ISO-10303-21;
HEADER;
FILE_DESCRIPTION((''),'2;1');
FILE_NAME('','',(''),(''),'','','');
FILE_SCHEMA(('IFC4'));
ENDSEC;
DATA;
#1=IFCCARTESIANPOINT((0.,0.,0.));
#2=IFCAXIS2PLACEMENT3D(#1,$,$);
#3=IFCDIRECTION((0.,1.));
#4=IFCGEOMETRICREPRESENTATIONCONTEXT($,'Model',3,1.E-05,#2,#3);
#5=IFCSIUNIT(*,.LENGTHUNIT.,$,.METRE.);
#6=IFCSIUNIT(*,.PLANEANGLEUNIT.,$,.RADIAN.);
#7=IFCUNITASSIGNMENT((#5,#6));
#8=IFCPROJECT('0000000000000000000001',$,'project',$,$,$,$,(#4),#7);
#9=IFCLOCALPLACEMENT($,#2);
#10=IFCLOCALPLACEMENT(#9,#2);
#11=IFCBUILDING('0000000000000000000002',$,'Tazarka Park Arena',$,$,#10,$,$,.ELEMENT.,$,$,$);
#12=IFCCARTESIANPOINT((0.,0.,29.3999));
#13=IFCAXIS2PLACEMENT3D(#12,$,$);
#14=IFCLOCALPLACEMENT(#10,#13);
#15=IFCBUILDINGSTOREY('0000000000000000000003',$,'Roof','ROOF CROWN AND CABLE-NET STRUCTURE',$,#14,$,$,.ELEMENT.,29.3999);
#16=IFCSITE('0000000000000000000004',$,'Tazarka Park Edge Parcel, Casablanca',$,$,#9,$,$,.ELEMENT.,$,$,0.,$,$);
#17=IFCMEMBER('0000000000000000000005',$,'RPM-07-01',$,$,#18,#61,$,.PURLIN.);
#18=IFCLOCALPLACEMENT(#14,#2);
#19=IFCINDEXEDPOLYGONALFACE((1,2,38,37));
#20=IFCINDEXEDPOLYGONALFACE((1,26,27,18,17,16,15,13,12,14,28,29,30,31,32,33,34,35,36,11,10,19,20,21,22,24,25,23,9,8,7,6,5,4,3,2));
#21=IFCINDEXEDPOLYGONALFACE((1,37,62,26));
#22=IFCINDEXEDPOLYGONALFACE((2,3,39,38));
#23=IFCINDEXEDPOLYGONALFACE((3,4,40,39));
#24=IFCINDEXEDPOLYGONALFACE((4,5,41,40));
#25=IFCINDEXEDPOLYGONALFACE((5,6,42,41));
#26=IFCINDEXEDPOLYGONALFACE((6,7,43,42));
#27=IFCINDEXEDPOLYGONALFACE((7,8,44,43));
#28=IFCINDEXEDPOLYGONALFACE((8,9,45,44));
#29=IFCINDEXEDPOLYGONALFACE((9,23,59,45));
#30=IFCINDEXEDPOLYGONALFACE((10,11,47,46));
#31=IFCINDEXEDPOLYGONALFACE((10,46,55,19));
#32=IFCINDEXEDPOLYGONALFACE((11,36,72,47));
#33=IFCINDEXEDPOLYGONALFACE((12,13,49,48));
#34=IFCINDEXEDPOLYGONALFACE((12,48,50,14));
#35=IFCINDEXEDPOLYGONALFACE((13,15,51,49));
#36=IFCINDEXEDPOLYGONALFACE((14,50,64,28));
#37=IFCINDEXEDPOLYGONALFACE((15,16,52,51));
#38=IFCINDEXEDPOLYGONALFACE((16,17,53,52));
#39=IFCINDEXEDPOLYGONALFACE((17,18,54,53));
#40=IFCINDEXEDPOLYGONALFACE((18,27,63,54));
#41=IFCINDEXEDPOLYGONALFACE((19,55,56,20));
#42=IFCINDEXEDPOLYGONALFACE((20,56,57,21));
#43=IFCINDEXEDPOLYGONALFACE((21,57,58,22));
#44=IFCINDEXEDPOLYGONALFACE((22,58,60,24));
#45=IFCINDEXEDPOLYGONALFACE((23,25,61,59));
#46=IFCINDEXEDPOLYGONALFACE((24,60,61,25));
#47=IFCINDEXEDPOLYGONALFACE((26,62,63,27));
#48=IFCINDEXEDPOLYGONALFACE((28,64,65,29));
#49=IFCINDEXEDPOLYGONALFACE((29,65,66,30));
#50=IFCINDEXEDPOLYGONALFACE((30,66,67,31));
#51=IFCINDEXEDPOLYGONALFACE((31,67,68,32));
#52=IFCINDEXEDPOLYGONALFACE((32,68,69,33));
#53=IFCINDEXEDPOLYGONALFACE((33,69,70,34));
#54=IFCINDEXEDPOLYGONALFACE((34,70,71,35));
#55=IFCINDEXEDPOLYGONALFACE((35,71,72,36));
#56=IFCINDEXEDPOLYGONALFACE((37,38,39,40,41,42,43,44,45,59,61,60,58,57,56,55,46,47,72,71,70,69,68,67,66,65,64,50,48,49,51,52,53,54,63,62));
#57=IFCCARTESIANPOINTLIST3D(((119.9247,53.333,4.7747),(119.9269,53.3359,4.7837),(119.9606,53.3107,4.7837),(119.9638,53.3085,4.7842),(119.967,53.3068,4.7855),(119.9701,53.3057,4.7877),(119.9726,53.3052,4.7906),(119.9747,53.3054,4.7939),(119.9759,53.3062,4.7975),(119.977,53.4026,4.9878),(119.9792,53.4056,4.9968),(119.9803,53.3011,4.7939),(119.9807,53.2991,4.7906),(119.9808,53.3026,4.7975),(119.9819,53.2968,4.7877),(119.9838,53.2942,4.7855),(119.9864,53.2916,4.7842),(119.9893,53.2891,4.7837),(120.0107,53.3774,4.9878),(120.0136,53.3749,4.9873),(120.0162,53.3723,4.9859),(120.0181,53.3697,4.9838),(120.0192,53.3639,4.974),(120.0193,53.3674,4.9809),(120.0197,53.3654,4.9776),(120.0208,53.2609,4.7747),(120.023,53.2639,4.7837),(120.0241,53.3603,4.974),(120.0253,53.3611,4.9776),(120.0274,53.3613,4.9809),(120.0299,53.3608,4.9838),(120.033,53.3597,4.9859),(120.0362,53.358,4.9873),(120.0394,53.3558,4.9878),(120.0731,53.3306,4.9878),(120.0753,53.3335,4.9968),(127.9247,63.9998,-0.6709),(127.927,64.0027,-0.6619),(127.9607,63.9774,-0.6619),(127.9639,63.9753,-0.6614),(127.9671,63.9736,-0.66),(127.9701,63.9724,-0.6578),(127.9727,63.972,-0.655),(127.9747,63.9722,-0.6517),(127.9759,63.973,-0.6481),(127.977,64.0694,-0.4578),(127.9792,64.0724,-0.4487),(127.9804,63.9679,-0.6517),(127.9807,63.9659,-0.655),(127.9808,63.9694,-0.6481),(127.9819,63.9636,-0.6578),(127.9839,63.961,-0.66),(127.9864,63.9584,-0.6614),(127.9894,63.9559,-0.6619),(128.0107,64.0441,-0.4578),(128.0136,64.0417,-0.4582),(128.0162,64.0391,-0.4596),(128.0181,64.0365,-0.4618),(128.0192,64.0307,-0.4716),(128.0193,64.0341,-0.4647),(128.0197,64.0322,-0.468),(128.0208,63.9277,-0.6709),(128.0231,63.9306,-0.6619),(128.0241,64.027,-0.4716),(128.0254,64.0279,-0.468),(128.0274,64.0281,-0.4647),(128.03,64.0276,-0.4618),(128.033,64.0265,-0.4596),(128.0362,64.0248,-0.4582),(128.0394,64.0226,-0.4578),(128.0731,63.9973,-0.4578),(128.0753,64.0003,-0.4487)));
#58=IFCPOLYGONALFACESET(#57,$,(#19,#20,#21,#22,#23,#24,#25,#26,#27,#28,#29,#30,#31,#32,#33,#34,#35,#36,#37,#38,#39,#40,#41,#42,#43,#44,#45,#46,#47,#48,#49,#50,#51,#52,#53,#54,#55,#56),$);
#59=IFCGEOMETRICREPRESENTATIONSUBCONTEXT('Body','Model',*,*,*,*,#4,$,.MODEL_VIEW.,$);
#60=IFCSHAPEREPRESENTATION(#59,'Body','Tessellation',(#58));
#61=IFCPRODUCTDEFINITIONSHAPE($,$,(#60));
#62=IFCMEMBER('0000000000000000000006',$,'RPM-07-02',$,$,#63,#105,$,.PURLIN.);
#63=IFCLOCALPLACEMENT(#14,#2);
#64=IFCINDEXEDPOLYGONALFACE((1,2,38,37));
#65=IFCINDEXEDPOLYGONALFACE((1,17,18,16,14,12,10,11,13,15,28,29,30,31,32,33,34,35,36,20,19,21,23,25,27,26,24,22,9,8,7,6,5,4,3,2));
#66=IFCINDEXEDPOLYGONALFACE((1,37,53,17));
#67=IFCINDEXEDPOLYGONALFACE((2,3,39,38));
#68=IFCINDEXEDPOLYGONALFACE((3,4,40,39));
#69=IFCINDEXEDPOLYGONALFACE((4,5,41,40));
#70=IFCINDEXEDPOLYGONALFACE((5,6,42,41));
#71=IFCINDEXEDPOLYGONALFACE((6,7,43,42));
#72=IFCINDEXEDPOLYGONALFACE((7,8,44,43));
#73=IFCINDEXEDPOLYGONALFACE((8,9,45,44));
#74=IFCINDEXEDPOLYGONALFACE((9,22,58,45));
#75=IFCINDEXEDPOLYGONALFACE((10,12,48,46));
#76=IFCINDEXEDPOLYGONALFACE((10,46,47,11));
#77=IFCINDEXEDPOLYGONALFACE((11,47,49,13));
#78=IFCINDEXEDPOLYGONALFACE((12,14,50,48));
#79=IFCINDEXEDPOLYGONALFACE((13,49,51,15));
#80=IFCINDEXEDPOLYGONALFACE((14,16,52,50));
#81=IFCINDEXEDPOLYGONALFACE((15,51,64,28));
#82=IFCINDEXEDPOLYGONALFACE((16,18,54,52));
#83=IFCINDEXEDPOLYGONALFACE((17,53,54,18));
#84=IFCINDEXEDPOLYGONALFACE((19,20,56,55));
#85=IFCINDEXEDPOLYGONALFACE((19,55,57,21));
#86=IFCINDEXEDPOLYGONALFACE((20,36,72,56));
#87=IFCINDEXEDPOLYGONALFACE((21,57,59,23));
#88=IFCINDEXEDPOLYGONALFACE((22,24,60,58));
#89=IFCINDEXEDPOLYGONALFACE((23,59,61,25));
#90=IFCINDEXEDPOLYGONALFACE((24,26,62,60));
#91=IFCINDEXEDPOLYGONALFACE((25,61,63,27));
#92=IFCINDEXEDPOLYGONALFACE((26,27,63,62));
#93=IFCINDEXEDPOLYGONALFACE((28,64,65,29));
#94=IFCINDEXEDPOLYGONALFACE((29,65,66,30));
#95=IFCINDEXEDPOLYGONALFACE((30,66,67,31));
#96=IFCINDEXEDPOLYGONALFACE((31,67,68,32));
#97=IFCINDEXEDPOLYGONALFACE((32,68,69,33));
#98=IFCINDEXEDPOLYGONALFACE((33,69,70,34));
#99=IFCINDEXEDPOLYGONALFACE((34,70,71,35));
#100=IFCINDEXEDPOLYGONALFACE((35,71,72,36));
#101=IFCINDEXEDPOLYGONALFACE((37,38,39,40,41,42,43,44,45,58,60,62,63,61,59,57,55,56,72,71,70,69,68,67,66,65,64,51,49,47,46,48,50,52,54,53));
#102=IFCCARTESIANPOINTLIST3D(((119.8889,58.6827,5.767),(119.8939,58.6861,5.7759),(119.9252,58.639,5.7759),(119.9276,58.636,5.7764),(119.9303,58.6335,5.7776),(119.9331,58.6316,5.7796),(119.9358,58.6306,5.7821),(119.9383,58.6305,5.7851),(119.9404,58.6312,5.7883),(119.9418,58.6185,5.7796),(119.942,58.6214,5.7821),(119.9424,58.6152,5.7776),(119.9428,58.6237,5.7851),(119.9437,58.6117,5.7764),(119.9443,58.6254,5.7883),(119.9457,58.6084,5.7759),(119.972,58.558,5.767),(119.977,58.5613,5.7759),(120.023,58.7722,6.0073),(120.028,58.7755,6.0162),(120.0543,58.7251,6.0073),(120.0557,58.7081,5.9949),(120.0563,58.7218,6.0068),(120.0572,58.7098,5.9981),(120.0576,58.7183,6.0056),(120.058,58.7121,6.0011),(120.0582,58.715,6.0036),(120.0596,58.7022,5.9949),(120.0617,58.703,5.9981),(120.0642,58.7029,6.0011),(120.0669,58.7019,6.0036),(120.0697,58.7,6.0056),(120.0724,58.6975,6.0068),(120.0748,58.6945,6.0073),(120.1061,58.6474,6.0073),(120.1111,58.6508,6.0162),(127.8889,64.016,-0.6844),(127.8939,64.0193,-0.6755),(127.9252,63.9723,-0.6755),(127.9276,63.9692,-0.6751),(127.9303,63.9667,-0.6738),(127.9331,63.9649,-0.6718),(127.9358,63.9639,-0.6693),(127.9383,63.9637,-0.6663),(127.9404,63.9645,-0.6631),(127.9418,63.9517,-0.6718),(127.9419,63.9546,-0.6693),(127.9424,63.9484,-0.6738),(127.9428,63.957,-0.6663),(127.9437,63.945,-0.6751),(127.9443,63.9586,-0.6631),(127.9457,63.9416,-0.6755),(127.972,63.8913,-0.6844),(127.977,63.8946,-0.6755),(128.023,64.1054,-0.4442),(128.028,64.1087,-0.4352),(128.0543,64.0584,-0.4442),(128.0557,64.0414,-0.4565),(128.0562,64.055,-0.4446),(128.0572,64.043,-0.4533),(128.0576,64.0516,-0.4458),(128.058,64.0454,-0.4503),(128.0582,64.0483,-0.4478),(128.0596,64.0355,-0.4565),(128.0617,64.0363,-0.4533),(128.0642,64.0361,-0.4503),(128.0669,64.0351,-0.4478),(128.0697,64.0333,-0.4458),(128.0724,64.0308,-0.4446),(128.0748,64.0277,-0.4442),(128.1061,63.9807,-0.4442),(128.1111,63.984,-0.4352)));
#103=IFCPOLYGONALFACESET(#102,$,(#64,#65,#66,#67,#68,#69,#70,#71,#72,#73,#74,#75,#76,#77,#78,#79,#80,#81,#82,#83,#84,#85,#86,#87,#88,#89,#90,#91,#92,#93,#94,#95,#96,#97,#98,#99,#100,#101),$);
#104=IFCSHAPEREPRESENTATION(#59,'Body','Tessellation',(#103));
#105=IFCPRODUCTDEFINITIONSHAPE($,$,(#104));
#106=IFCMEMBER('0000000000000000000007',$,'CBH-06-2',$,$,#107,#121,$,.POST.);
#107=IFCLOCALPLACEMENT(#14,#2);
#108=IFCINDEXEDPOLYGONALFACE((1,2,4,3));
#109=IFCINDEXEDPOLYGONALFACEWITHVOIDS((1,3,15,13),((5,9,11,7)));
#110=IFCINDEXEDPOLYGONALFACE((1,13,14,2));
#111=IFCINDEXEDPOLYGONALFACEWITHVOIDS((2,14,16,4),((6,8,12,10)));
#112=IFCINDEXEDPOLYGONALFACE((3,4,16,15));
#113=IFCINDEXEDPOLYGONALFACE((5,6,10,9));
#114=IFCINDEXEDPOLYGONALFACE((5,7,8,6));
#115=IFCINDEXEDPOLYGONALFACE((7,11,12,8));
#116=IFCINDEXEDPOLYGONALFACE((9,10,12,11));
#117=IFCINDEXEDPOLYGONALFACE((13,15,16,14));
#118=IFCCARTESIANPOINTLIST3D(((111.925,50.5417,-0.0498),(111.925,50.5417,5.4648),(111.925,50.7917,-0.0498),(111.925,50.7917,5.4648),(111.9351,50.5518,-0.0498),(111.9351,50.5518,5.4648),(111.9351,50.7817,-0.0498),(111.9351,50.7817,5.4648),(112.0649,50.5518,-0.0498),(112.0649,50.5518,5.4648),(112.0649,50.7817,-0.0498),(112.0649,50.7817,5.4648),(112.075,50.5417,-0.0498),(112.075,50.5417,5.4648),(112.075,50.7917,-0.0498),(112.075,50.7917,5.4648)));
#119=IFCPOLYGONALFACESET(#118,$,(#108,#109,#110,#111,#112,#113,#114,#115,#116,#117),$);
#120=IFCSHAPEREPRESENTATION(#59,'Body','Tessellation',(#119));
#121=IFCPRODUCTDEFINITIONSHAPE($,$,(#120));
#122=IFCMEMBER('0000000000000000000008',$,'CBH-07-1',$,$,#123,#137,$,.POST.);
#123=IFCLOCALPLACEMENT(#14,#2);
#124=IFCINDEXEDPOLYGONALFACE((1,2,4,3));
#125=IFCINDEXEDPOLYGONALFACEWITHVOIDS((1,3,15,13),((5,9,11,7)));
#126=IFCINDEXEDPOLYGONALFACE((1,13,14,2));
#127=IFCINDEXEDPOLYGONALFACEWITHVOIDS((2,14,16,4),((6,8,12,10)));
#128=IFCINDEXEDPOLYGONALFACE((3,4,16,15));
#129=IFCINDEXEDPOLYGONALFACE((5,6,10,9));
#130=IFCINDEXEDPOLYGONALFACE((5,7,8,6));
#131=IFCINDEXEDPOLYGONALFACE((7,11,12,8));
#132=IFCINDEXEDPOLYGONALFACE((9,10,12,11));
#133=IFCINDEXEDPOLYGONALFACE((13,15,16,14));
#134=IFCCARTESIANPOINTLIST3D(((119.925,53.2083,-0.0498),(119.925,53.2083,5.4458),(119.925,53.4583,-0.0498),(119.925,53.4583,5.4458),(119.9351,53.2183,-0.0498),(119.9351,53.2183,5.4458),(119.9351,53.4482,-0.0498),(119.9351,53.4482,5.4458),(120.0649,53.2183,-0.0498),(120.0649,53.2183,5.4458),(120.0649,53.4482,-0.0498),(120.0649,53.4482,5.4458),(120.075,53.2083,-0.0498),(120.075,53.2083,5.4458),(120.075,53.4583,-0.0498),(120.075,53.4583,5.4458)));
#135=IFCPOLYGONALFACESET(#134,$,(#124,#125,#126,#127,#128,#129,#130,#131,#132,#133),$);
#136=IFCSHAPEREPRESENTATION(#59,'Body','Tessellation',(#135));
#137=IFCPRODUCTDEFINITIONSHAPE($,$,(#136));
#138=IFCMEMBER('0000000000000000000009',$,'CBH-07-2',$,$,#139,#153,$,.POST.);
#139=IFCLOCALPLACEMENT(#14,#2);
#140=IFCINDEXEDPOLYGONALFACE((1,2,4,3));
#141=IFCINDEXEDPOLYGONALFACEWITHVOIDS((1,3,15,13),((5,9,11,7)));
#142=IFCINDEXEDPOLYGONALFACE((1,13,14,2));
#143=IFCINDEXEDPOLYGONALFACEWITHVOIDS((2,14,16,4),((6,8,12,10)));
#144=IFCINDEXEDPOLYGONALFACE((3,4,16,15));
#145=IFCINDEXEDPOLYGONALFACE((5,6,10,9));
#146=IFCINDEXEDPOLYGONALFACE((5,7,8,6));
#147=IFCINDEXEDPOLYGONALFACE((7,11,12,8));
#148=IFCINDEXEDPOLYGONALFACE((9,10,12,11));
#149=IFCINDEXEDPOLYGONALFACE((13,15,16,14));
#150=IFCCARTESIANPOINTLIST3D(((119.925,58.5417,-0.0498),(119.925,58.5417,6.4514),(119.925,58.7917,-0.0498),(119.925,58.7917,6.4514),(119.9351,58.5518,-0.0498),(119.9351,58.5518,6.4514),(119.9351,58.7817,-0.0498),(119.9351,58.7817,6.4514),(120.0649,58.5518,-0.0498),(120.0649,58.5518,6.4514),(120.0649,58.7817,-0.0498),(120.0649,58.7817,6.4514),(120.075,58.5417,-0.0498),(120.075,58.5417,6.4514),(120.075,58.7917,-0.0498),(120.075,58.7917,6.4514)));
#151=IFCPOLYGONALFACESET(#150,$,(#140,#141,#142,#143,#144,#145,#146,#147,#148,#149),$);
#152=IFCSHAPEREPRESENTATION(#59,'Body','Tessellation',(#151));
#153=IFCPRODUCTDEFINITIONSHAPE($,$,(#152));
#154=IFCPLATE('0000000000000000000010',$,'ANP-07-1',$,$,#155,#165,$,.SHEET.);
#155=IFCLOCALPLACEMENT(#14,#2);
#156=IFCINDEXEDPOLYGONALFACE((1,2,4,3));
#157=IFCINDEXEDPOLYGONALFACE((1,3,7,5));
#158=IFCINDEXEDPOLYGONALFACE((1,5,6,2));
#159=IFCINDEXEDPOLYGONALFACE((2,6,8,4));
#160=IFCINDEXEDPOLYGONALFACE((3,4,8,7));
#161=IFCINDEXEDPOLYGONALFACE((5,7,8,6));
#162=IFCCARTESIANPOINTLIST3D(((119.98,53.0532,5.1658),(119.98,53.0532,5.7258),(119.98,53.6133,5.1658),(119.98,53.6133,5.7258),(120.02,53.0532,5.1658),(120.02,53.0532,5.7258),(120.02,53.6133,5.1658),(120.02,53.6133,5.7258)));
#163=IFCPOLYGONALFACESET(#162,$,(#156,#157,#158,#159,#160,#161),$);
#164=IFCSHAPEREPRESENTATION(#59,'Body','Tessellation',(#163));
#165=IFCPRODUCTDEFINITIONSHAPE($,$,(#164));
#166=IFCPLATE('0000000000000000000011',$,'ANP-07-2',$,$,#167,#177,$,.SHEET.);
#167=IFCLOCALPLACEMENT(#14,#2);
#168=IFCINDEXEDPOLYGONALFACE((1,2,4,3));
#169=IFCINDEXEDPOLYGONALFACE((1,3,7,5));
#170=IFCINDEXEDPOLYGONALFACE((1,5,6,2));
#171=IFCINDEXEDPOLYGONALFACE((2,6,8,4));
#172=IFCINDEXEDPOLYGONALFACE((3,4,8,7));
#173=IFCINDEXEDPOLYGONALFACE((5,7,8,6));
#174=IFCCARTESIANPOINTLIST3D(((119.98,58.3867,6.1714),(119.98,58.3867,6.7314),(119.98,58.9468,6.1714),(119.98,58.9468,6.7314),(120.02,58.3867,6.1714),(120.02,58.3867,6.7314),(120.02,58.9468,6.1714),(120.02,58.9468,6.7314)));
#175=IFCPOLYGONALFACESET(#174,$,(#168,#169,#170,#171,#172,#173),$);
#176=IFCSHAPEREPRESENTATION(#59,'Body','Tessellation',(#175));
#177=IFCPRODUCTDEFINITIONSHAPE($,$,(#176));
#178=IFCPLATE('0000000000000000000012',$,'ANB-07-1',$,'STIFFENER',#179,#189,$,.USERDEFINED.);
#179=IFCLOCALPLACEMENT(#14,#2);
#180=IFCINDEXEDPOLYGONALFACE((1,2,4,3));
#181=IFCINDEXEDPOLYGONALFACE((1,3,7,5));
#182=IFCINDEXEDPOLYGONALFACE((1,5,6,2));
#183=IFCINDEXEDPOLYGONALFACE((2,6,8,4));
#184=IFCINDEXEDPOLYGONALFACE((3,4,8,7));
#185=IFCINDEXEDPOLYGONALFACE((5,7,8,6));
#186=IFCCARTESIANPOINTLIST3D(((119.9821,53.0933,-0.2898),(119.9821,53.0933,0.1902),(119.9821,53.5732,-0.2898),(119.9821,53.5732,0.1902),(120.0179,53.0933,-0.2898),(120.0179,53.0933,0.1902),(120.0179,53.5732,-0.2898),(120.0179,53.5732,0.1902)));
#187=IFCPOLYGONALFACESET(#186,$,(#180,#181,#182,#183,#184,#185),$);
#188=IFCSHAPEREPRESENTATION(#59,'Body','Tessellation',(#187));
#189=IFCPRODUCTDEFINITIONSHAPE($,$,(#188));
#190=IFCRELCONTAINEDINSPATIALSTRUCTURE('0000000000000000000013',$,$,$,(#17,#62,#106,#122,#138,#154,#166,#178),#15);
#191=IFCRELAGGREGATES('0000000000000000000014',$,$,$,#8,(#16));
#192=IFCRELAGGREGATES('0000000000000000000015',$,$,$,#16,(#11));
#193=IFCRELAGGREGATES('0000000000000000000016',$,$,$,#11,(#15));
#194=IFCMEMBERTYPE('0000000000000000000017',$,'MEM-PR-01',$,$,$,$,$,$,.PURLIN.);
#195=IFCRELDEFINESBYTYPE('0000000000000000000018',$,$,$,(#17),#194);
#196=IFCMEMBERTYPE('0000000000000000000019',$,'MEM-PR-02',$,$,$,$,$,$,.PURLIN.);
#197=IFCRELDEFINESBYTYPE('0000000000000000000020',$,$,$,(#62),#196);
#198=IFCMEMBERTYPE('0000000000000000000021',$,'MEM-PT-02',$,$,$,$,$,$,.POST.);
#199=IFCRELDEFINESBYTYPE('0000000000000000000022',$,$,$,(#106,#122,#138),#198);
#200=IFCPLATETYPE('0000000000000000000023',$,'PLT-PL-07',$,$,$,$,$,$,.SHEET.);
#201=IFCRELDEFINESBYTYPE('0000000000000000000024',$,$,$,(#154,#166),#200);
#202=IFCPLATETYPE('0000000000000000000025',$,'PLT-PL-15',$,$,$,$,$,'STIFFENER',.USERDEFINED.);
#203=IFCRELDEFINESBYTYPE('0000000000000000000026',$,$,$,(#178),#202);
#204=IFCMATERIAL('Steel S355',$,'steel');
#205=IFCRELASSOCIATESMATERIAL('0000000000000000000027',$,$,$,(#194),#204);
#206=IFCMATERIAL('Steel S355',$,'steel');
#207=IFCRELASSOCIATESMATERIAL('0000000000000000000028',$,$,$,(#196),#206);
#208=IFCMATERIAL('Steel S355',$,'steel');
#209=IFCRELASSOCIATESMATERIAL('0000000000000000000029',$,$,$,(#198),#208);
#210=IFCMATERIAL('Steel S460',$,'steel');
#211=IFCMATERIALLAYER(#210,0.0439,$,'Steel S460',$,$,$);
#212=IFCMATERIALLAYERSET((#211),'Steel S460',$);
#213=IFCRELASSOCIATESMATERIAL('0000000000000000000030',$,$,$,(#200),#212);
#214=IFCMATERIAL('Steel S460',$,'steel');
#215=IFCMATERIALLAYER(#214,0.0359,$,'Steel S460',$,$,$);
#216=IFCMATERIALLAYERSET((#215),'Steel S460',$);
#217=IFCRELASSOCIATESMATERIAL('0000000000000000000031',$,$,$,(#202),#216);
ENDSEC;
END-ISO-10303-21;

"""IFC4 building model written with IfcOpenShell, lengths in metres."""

from ifc_helpers import new_model, si_unit, direction, frame, origin, origin_2d, place, context, subcontext, project, spatial, rectangle, hollow_rectangle, i_section, extrude, material, layer, layer_set, material_profile, profile_set, type_object, element, save


model = new_model("IFC4")

# Units and contexts
model_context = context("Model", 3, precision=1e-05, world=origin(), true_north=direction((0.0, 1.0)))
body_context = subcontext(model_context, "Body", "Model", "MODEL_VIEW")
ifc_project = project(units=[si_unit("LENGTHUNIT", "METRE"), si_unit("PLANEANGLEUNIT", "RADIAN")], contexts=[model_context])

# Site, building, storey
site_placement = place(None, origin())
site = spatial("IfcSite", under=ifc_project, at=site_placement, Name="Tazarka Park Edge Parcel, Casablanca", CompositionType="ELEMENT", RefElevation=0.0)
building_placement = place(site_placement, origin())
building = spatial("IfcBuilding", under=site, at=building_placement, Name="Tazarka Park Arena", CompositionType="ELEMENT")
storey_placement = place(building_placement, frame((0.0, 0.0, 29.3999)))
storey = spatial("IfcBuildingStorey", under=building, at=storey_placement, Name="Roof", Description="ROOF CROWN AND CABLE-NET STRUCTURE", CompositionType="ELEMENT", Elevation=29.3999)

# Members
ifc_material_1 = material(Name="Steel S355", Category="steel")
ifc_material_profile_1 = material_profile(ifc_material_1, i_section(OverallWidth=0.1201, OverallDepth=0.24, WebThickness=0.0061, FlangeThickness=0.0098, FilletRadius=0.0149, at=origin_2d()), Name="Steel S355")
ifc_profile_set_1 = profile_set([ifc_material_profile_1], Name="Steel S355")
member_type_1 = type_object("IfcMemberType", Name="MEM-PR-01", PredefinedType="PURLIN", material=ifc_profile_set_1)
member_1_placement = place(storey_placement, frame((120.0, 53.3333, 4.8857), z_axis=(0.555457, 0.740615, -0.378097), x_axis=(-0.800002, 0.599997, 0.0)))
element("IfcMember", 1, at=member_1_placement, inside=storey, type_object=member_type_1, Name="RPM-07-01", PredefinedType="PURLIN", context=body_context, shape_type="SweptSolid", body=[
    extrude(i_section(OverallWidth=0.1201, OverallDepth=0.24, WebThickness=0.0061, FlangeThickness=0.0098, FilletRadius=0.0149, at=origin_2d()), origin(), (0.0, 0.0, 1.0), 14.4026),
])
ifc_material_2 = material(Name="Steel S355", Category="steel")
ifc_material_profile_2 = material_profile(ifc_material_2, i_section(OverallWidth=0.1499, OverallDepth=0.3, WebThickness=0.0071, FlangeThickness=0.0107, FilletRadius=0.0149, at=origin_2d()), Name="Steel S355")
ifc_profile_set_2 = profile_set([ifc_material_profile_2], Name="Steel S355")
member_type_2 = type_object("IfcMemberType", Name="MEM-PR-02", PredefinedType="PURLIN", material=ifc_profile_set_2)
member_2_placement = place(storey_placement, frame((120.0, 58.6667, 5.8916), z_axis=(0.690929, 0.460612, -0.557184), x_axis=(-0.554694, 0.832054, 0.0)))
element("IfcMember", 2, at=member_2_placement, inside=storey, type_object=member_type_2, Name="RPM-07-02", PredefinedType="PURLIN", context=body_context, shape_type="SweptSolid", body=[
    extrude(i_section(OverallWidth=0.1499, OverallDepth=0.3, WebThickness=0.0071, FlangeThickness=0.0107, FilletRadius=0.0149, at=origin_2d()), origin(), (0.0, 0.0, 1.0), 11.5786),
])
ifc_material_3 = material(Name="Steel S355", Category="steel")
ifc_material_profile_3 = material_profile(ifc_material_3, hollow_rectangle(XDim=0.1499, YDim=0.25, WallThickness=0.01, at=origin_2d()), Name="Steel S355")
ifc_profile_set_3 = profile_set([ifc_material_profile_3], Name="Steel S355")
member_type_3 = type_object("IfcMemberType", Name="MEM-PT-02", PredefinedType="POST", material=ifc_profile_set_3)
member_3_placement = place(storey_placement, frame((112.0, 50.6667, -0.0498), z_axis=(0.0, 0.0, 1.0), x_axis=(1.0, 0.0, 0.0)))
element("IfcMember", 3, at=member_3_placement, inside=storey, type_object=member_type_3, Name="CBH-06-2", PredefinedType="POST", context=body_context, shape_type="SweptSolid", body=[
    extrude(hollow_rectangle(XDim=0.1499, YDim=0.25, WallThickness=0.01, at=origin_2d()), origin(), (0.0, 0.0, 1.0), 5.5146),
])
member_4_placement = place(storey_placement, frame((120.0, 53.3333, -0.0498), z_axis=(0.0, 0.0, 1.0), x_axis=(1.0, 0.0, 0.0)))
element("IfcMember", 4, at=member_4_placement, inside=storey, type_object=member_type_3, Name="CBH-07-1", PredefinedType="POST", context=body_context, shape_type="SweptSolid", body=[
    extrude(hollow_rectangle(XDim=0.1499, YDim=0.25, WallThickness=0.01, at=origin_2d()), origin(), (0.0, 0.0, 1.0), 5.4956),
])
member_5_placement = place(storey_placement, frame((120.0, 58.6667, -0.0498), z_axis=(0.0, 0.0, 1.0), x_axis=(1.0, 0.0, 0.0)))
element("IfcMember", 5, at=member_5_placement, inside=storey, type_object=member_type_3, Name="CBH-07-2", PredefinedType="POST", context=body_context, shape_type="SweptSolid", body=[
    extrude(hollow_rectangle(XDim=0.1499, YDim=0.25, WallThickness=0.01, at=origin_2d()), origin(), (0.0, 0.0, 1.0), 6.5012),
])

# Plates
ifc_material_4 = material(Name="Steel S460", Category="steel")
ifc_layer_1 = layer(ifc_material_4, 0.0439, Name="Steel S460")
ifc_layer_set_1 = layer_set([ifc_layer_1], Name="Steel S460")
plate_type_1 = type_object("IfcPlateType", Name="PLT-PL-07", PredefinedType="SHEET", material=ifc_layer_set_1)
for number, where, z_axis, x_axis, name in (
    (6, (120.0, 53.3333, 5.1658), (0.0, 0.0, 1.0), (1.0, 0.0, 0.0), "ANP-07-1"),
    (7, (120.0, 58.6667, 6.1714), (0.0, 0.0, 1.0), (1.0, 0.0, 0.0), "ANP-07-2"),
):
    element("IfcPlate", number, at=place(storey_placement, frame(where, z_axis=z_axis, x_axis=x_axis)), inside=storey, type_object=plate_type_1, Name=name, PredefinedType="SHEET", context=body_context, shape_type="SweptSolid", body=[
        extrude(rectangle(XDim=0.04, YDim=0.5601, at=origin_2d()), origin(), (0.0, 0.0, 1.0), 0.5601),
    ])
ifc_material_5 = material(Name="Steel S460", Category="steel")
ifc_layer_2 = layer(ifc_material_5, 0.0359, Name="Steel S460")
ifc_layer_set_2 = layer_set([ifc_layer_2], Name="Steel S460")
plate_type_2 = type_object("IfcPlateType", Name="PLT-PL-15", ElementType="STIFFENER", PredefinedType="USERDEFINED", material=ifc_layer_set_2)
for number, where, z_axis, x_axis, name in (
    (8, (120.0, 53.3333, -0.2898), (0.0, 0.0, 1.0), (1.0, 0.0, 0.0), "ANB-07-1"),
):
    element("IfcPlate", number, at=place(storey_placement, frame(where, z_axis=z_axis, x_axis=x_axis)), inside=storey, type_object=plate_type_2, Name=name, ObjectType="STIFFENER", PredefinedType="USERDEFINED", context=body_context, shape_type="SweptSolid", body=[
        extrude(rectangle(XDim=0.0359, YDim=0.48, at=origin_2d()), origin(), (0.0, 0.0, 1.0), 0.48),
    ])

save(model, "model.ifc")
